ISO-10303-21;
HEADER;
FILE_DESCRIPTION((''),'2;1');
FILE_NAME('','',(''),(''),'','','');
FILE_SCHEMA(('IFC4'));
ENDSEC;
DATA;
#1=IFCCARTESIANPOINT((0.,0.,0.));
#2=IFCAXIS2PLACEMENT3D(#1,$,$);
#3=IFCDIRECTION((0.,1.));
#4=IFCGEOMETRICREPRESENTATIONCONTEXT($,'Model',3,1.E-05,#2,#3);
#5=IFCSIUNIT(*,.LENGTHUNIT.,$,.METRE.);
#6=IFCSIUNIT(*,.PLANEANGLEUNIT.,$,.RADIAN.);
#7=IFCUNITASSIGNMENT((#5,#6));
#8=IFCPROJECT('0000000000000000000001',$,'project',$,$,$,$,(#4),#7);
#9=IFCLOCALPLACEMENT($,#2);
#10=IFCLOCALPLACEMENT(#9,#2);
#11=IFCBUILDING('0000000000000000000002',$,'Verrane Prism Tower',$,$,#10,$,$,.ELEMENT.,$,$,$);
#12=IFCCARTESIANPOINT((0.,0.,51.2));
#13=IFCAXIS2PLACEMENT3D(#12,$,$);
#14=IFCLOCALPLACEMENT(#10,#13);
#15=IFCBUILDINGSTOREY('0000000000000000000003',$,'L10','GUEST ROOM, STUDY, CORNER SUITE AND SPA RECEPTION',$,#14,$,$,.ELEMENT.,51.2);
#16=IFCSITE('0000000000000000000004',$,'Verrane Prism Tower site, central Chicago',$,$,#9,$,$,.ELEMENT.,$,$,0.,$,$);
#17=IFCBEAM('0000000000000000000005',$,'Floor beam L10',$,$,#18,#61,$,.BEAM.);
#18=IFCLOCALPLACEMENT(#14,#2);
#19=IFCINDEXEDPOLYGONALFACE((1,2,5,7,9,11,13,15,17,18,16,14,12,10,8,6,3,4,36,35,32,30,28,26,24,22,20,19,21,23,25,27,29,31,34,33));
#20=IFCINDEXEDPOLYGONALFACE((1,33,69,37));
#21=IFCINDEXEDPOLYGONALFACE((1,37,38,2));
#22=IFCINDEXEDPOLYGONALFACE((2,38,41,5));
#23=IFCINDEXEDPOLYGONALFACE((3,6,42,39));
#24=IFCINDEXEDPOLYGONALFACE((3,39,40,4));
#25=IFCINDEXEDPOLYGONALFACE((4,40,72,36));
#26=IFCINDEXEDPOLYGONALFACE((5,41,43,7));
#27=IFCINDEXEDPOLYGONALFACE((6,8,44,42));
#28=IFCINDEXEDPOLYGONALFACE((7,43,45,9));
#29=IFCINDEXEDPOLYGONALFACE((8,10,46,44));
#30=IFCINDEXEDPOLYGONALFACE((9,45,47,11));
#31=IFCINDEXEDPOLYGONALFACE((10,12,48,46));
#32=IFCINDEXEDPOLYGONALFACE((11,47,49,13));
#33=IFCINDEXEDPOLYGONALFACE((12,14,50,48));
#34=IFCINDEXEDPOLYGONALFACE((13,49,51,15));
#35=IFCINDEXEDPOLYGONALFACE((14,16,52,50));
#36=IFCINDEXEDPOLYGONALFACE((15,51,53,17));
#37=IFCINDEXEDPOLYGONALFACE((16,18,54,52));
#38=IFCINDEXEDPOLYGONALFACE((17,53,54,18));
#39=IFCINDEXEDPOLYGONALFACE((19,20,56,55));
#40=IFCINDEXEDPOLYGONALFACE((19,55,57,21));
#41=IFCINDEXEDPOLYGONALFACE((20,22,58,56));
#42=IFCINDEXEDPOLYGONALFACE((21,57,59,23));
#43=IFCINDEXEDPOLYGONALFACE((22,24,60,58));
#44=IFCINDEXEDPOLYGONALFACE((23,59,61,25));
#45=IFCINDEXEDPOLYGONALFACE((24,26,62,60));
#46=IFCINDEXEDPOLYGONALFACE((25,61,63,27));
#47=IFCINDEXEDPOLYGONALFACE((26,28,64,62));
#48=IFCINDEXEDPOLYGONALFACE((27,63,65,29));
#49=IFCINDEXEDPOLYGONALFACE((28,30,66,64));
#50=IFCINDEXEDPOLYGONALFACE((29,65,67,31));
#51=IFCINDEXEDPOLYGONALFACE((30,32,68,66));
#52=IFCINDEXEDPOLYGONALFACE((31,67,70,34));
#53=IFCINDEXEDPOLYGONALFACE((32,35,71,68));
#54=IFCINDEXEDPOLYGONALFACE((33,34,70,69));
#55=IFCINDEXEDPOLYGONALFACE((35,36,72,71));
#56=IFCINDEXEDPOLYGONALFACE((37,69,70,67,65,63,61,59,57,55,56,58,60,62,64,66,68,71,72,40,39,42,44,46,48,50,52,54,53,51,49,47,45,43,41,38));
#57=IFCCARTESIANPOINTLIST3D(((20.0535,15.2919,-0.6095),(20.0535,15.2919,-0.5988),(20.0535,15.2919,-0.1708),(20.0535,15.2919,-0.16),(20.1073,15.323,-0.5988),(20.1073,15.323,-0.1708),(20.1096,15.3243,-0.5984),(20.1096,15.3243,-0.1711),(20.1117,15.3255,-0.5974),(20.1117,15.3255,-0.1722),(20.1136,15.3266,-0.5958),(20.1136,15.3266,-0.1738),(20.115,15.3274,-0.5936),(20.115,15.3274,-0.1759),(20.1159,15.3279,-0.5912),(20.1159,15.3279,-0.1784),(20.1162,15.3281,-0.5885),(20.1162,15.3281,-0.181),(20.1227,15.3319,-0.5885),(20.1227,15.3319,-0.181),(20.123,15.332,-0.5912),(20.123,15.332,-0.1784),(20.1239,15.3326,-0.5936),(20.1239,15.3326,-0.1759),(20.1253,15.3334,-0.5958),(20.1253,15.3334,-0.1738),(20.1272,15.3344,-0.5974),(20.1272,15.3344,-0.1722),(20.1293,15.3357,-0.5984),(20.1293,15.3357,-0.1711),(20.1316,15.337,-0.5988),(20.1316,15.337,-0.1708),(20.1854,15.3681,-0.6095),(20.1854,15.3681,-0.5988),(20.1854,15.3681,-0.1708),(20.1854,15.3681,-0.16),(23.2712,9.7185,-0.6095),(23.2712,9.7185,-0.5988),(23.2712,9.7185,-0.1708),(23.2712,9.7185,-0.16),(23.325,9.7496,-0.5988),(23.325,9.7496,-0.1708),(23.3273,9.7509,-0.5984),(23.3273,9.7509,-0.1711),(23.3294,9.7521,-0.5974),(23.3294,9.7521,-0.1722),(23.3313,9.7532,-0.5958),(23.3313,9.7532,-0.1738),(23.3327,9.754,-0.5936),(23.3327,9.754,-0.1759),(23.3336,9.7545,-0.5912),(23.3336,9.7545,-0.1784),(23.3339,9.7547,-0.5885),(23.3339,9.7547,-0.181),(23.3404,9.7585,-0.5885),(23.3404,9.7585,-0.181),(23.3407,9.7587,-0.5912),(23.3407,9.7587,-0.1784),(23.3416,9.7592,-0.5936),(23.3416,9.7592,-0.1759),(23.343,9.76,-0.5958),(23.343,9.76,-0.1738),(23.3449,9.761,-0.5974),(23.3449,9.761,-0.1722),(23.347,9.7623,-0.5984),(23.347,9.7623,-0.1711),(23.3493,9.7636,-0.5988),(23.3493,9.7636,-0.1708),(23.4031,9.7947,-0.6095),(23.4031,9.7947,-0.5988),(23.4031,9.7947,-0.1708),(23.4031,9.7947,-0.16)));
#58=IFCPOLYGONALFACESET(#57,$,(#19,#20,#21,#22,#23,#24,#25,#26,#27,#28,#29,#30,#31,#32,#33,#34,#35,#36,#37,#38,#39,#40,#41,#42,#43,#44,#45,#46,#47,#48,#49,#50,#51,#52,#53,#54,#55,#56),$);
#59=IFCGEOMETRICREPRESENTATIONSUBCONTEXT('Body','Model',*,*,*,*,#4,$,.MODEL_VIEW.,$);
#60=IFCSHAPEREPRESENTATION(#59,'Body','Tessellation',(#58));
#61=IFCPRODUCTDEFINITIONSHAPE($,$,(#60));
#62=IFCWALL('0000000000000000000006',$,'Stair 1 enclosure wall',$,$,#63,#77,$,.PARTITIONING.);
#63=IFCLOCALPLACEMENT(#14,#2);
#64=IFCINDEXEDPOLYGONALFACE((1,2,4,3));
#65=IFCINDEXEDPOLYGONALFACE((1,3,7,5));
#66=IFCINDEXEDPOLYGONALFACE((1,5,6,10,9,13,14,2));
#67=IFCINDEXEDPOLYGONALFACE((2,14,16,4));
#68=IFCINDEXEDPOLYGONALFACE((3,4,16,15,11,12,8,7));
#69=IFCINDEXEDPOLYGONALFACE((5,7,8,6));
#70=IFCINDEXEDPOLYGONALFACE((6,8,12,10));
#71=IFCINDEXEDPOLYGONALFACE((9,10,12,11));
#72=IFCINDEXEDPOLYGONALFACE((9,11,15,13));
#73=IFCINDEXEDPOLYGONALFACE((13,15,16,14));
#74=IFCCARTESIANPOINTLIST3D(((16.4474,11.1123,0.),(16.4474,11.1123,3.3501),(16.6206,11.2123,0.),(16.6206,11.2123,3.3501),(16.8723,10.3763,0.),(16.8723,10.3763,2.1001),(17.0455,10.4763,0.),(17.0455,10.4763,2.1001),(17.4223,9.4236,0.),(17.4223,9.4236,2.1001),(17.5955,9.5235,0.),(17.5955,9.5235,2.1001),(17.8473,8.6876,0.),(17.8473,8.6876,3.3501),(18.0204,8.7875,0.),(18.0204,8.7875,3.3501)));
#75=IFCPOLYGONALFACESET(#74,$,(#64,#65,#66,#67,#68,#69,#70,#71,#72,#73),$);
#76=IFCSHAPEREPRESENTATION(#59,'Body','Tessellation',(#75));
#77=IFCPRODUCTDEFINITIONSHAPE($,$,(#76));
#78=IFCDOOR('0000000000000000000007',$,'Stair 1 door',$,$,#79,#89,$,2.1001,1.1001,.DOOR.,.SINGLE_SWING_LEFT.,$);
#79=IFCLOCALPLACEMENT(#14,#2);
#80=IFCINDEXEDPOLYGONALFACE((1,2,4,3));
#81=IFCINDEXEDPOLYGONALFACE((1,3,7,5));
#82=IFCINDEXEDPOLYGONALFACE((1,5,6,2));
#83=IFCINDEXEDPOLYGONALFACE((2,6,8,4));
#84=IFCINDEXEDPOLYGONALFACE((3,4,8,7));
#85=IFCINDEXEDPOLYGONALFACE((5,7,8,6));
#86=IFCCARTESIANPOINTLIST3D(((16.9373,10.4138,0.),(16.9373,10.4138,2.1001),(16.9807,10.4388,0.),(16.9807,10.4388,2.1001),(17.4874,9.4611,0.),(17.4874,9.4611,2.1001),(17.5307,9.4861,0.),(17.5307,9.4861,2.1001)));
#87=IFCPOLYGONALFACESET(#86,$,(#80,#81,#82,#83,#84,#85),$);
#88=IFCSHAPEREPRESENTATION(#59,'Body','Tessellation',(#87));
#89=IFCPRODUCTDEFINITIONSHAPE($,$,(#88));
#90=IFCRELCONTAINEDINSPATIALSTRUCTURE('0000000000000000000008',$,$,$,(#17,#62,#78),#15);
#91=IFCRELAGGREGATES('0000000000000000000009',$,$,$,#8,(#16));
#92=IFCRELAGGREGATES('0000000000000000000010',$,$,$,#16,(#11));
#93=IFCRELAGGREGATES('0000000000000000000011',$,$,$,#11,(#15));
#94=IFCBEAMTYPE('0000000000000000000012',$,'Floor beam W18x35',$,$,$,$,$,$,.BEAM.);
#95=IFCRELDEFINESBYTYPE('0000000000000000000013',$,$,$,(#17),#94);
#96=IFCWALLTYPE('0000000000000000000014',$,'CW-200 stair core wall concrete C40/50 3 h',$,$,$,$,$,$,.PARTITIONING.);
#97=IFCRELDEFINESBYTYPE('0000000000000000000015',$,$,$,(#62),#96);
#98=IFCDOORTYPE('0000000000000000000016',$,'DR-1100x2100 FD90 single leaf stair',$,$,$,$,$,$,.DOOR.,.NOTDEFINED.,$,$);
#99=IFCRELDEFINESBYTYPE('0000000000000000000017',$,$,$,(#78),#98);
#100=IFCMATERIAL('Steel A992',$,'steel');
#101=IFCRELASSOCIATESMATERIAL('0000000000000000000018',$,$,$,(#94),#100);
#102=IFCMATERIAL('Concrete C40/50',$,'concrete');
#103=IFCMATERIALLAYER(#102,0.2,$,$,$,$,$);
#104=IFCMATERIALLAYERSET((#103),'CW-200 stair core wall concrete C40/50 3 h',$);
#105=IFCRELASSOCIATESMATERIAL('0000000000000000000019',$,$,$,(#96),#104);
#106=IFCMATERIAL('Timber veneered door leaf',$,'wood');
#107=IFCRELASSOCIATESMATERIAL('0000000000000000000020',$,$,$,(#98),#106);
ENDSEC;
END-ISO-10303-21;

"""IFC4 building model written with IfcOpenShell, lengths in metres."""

from ifc_helpers import new_model, si_unit, direction, frame, frame_2d, origin, origin_2d, place, context, subcontext, project, spatial, rectangle, i_section, extrude, material, layer, layer_set, material_profile, profile_set, type_object, element, fill, save


model = new_model("IFC4")

# Units and contexts
model_context = context("Model", 3, precision=1e-05, world=origin(), true_north=direction((0.0, 1.0)))
body_context = subcontext(model_context, "Body", "Model", "MODEL_VIEW")
ifc_project = project(units=[si_unit("LENGTHUNIT", "METRE"), si_unit("PLANEANGLEUNIT", "RADIAN")], contexts=[model_context])

# Site, building, storey
site_placement = place(None, origin())
site = spatial("IfcSite", under=ifc_project, at=site_placement, Name="Verrane Prism Tower site, central Chicago", CompositionType="ELEMENT", RefElevation=0.0)
building_placement = place(site_placement, origin())
building = spatial("IfcBuilding", under=site, at=building_placement, Name="Verrane Prism Tower", CompositionType="ELEMENT")
storey_placement = place(building_placement, frame((0.0, 0.0, 51.2)))
storey = spatial("IfcBuildingStorey", under=building, at=storey_placement, Name="L10", Description="GUEST ROOM, STUDY, CORNER SUITE AND SPA RECEPTION", CompositionType="ELEMENT", Elevation=51.2)

# Beam
ifc_material_1 = material(Name="Steel A992", Category="steel")
ifc_material_profile_1 = material_profile(ifc_material_1, i_section(OverallWidth=0.1523, OverallDepth=0.4495, WebThickness=0.0076, FlangeThickness=0.0107, FilletRadius=0.0103, at=origin_2d()), Name="W18x35")
ifc_profile_set_1 = profile_set([ifc_material_profile_1], Name="Steel A992")
beam_type_1 = type_object("IfcBeamType", Name="Floor beam W18x35", PredefinedType="BEAM", material=ifc_profile_set_1)
beam_1_placement = place(storey_placement, frame((23.3372, 9.7566, -0.3848), z_axis=(-0.499991, 0.866031, 0.0), x_axis=(-0.866031, -0.499991, 0.0)))
element("IfcBeam", 1, at=beam_1_placement, inside=storey, type_object=beam_type_1, Name="Floor beam L10", PredefinedType="BEAM", context=body_context, shape_type="SweptSolid", body=[
    extrude(i_section(OverallWidth=0.1523, OverallDepth=0.4495, WebThickness=0.0076, FlangeThickness=0.0107, FilletRadius=0.0103, at=origin_2d()), origin(), (0.0, 0.0, 1.0), 6.4355),
])

# Wall, opening, door
ifc_material_2 = material(Name="Concrete C40/50", Category="concrete")
ifc_layer_1 = layer(ifc_material_2, 0.2)
ifc_layer_set_1 = layer_set([ifc_layer_1], Name="CW-200 stair core wall concrete C40/50 3 h")
wall_type_1 = type_object("IfcWallType", Name="CW-200 stair core wall concrete C40/50 3 h", PredefinedType="PARTITIONING", material=ifc_layer_set_1)
wall_1_placement = place(storey_placement, frame((17.9338, 8.7375, 0.0), z_axis=(0.0, 0.0, 1.0), x_axis=(-0.499984, 0.866035, 0.0)))
wall_1 = element("IfcWall", 2, at=wall_1_placement, inside=storey, type_object=wall_type_1, Name="Stair 1 enclosure wall", PredefinedType="PARTITIONING", context=body_context, shape_type="SweptSolid", body=[
    extrude(rectangle(XDim=2.7998, YDim=0.2, at=frame_2d((1.3999, 0.0))), origin(), (0.0, 0.0, 1.0), 3.3501),
])
opening_1_placement = place(wall_1_placement, frame((0.8499, 0.0, 0.0)))
opening_1 = element("IfcOpeningElement", 3, at=opening_1_placement, cuts=wall_1, PredefinedType="OPENING", context=body_context, shape_type="SweptSolid", body=[
    extrude(rectangle(XDim=1.1001, YDim=2.1001, at=frame_2d((0.55, 1.05))), frame((0.0, 0.1099, 0.0), z_axis=(0.0, -1.0, 0.0), x_axis=(1.0, 0.0, 0.0)), (0.0, 0.0, 1.0), 0.22),
])
ifc_material_3 = material(Name="Timber veneered door leaf", Category="wood")
door_type_1 = type_object("IfcDoorType", Name="DR-1100x2100 FD90 single leaf stair", OperationType="NOTDEFINED", PredefinedType="DOOR", material=ifc_material_3)
door_1_placement = place(opening_1_placement, origin())
door_1 = element("IfcDoor", 4, at=door_1_placement, inside=storey, type_object=door_type_1, Name="Stair 1 door", OperationType="SINGLE_SWING_LEFT", OverallHeight=2.1001, OverallWidth=1.1001, PredefinedType="DOOR", context=body_context, shape_type="SweptSolid", body=[
    extrude(rectangle(XDim=1.1001, YDim=2.1001, at=frame_2d((0.55, 1.05))), frame((0.0, 0.0249, 0.0), z_axis=(0.0, -1.0, 0.0), x_axis=(1.0, 0.0, 0.0)), (0.0, 0.0, 1.0), 0.05),
])
fill(opening_1, door_1)

save(model, "model.ifc")
